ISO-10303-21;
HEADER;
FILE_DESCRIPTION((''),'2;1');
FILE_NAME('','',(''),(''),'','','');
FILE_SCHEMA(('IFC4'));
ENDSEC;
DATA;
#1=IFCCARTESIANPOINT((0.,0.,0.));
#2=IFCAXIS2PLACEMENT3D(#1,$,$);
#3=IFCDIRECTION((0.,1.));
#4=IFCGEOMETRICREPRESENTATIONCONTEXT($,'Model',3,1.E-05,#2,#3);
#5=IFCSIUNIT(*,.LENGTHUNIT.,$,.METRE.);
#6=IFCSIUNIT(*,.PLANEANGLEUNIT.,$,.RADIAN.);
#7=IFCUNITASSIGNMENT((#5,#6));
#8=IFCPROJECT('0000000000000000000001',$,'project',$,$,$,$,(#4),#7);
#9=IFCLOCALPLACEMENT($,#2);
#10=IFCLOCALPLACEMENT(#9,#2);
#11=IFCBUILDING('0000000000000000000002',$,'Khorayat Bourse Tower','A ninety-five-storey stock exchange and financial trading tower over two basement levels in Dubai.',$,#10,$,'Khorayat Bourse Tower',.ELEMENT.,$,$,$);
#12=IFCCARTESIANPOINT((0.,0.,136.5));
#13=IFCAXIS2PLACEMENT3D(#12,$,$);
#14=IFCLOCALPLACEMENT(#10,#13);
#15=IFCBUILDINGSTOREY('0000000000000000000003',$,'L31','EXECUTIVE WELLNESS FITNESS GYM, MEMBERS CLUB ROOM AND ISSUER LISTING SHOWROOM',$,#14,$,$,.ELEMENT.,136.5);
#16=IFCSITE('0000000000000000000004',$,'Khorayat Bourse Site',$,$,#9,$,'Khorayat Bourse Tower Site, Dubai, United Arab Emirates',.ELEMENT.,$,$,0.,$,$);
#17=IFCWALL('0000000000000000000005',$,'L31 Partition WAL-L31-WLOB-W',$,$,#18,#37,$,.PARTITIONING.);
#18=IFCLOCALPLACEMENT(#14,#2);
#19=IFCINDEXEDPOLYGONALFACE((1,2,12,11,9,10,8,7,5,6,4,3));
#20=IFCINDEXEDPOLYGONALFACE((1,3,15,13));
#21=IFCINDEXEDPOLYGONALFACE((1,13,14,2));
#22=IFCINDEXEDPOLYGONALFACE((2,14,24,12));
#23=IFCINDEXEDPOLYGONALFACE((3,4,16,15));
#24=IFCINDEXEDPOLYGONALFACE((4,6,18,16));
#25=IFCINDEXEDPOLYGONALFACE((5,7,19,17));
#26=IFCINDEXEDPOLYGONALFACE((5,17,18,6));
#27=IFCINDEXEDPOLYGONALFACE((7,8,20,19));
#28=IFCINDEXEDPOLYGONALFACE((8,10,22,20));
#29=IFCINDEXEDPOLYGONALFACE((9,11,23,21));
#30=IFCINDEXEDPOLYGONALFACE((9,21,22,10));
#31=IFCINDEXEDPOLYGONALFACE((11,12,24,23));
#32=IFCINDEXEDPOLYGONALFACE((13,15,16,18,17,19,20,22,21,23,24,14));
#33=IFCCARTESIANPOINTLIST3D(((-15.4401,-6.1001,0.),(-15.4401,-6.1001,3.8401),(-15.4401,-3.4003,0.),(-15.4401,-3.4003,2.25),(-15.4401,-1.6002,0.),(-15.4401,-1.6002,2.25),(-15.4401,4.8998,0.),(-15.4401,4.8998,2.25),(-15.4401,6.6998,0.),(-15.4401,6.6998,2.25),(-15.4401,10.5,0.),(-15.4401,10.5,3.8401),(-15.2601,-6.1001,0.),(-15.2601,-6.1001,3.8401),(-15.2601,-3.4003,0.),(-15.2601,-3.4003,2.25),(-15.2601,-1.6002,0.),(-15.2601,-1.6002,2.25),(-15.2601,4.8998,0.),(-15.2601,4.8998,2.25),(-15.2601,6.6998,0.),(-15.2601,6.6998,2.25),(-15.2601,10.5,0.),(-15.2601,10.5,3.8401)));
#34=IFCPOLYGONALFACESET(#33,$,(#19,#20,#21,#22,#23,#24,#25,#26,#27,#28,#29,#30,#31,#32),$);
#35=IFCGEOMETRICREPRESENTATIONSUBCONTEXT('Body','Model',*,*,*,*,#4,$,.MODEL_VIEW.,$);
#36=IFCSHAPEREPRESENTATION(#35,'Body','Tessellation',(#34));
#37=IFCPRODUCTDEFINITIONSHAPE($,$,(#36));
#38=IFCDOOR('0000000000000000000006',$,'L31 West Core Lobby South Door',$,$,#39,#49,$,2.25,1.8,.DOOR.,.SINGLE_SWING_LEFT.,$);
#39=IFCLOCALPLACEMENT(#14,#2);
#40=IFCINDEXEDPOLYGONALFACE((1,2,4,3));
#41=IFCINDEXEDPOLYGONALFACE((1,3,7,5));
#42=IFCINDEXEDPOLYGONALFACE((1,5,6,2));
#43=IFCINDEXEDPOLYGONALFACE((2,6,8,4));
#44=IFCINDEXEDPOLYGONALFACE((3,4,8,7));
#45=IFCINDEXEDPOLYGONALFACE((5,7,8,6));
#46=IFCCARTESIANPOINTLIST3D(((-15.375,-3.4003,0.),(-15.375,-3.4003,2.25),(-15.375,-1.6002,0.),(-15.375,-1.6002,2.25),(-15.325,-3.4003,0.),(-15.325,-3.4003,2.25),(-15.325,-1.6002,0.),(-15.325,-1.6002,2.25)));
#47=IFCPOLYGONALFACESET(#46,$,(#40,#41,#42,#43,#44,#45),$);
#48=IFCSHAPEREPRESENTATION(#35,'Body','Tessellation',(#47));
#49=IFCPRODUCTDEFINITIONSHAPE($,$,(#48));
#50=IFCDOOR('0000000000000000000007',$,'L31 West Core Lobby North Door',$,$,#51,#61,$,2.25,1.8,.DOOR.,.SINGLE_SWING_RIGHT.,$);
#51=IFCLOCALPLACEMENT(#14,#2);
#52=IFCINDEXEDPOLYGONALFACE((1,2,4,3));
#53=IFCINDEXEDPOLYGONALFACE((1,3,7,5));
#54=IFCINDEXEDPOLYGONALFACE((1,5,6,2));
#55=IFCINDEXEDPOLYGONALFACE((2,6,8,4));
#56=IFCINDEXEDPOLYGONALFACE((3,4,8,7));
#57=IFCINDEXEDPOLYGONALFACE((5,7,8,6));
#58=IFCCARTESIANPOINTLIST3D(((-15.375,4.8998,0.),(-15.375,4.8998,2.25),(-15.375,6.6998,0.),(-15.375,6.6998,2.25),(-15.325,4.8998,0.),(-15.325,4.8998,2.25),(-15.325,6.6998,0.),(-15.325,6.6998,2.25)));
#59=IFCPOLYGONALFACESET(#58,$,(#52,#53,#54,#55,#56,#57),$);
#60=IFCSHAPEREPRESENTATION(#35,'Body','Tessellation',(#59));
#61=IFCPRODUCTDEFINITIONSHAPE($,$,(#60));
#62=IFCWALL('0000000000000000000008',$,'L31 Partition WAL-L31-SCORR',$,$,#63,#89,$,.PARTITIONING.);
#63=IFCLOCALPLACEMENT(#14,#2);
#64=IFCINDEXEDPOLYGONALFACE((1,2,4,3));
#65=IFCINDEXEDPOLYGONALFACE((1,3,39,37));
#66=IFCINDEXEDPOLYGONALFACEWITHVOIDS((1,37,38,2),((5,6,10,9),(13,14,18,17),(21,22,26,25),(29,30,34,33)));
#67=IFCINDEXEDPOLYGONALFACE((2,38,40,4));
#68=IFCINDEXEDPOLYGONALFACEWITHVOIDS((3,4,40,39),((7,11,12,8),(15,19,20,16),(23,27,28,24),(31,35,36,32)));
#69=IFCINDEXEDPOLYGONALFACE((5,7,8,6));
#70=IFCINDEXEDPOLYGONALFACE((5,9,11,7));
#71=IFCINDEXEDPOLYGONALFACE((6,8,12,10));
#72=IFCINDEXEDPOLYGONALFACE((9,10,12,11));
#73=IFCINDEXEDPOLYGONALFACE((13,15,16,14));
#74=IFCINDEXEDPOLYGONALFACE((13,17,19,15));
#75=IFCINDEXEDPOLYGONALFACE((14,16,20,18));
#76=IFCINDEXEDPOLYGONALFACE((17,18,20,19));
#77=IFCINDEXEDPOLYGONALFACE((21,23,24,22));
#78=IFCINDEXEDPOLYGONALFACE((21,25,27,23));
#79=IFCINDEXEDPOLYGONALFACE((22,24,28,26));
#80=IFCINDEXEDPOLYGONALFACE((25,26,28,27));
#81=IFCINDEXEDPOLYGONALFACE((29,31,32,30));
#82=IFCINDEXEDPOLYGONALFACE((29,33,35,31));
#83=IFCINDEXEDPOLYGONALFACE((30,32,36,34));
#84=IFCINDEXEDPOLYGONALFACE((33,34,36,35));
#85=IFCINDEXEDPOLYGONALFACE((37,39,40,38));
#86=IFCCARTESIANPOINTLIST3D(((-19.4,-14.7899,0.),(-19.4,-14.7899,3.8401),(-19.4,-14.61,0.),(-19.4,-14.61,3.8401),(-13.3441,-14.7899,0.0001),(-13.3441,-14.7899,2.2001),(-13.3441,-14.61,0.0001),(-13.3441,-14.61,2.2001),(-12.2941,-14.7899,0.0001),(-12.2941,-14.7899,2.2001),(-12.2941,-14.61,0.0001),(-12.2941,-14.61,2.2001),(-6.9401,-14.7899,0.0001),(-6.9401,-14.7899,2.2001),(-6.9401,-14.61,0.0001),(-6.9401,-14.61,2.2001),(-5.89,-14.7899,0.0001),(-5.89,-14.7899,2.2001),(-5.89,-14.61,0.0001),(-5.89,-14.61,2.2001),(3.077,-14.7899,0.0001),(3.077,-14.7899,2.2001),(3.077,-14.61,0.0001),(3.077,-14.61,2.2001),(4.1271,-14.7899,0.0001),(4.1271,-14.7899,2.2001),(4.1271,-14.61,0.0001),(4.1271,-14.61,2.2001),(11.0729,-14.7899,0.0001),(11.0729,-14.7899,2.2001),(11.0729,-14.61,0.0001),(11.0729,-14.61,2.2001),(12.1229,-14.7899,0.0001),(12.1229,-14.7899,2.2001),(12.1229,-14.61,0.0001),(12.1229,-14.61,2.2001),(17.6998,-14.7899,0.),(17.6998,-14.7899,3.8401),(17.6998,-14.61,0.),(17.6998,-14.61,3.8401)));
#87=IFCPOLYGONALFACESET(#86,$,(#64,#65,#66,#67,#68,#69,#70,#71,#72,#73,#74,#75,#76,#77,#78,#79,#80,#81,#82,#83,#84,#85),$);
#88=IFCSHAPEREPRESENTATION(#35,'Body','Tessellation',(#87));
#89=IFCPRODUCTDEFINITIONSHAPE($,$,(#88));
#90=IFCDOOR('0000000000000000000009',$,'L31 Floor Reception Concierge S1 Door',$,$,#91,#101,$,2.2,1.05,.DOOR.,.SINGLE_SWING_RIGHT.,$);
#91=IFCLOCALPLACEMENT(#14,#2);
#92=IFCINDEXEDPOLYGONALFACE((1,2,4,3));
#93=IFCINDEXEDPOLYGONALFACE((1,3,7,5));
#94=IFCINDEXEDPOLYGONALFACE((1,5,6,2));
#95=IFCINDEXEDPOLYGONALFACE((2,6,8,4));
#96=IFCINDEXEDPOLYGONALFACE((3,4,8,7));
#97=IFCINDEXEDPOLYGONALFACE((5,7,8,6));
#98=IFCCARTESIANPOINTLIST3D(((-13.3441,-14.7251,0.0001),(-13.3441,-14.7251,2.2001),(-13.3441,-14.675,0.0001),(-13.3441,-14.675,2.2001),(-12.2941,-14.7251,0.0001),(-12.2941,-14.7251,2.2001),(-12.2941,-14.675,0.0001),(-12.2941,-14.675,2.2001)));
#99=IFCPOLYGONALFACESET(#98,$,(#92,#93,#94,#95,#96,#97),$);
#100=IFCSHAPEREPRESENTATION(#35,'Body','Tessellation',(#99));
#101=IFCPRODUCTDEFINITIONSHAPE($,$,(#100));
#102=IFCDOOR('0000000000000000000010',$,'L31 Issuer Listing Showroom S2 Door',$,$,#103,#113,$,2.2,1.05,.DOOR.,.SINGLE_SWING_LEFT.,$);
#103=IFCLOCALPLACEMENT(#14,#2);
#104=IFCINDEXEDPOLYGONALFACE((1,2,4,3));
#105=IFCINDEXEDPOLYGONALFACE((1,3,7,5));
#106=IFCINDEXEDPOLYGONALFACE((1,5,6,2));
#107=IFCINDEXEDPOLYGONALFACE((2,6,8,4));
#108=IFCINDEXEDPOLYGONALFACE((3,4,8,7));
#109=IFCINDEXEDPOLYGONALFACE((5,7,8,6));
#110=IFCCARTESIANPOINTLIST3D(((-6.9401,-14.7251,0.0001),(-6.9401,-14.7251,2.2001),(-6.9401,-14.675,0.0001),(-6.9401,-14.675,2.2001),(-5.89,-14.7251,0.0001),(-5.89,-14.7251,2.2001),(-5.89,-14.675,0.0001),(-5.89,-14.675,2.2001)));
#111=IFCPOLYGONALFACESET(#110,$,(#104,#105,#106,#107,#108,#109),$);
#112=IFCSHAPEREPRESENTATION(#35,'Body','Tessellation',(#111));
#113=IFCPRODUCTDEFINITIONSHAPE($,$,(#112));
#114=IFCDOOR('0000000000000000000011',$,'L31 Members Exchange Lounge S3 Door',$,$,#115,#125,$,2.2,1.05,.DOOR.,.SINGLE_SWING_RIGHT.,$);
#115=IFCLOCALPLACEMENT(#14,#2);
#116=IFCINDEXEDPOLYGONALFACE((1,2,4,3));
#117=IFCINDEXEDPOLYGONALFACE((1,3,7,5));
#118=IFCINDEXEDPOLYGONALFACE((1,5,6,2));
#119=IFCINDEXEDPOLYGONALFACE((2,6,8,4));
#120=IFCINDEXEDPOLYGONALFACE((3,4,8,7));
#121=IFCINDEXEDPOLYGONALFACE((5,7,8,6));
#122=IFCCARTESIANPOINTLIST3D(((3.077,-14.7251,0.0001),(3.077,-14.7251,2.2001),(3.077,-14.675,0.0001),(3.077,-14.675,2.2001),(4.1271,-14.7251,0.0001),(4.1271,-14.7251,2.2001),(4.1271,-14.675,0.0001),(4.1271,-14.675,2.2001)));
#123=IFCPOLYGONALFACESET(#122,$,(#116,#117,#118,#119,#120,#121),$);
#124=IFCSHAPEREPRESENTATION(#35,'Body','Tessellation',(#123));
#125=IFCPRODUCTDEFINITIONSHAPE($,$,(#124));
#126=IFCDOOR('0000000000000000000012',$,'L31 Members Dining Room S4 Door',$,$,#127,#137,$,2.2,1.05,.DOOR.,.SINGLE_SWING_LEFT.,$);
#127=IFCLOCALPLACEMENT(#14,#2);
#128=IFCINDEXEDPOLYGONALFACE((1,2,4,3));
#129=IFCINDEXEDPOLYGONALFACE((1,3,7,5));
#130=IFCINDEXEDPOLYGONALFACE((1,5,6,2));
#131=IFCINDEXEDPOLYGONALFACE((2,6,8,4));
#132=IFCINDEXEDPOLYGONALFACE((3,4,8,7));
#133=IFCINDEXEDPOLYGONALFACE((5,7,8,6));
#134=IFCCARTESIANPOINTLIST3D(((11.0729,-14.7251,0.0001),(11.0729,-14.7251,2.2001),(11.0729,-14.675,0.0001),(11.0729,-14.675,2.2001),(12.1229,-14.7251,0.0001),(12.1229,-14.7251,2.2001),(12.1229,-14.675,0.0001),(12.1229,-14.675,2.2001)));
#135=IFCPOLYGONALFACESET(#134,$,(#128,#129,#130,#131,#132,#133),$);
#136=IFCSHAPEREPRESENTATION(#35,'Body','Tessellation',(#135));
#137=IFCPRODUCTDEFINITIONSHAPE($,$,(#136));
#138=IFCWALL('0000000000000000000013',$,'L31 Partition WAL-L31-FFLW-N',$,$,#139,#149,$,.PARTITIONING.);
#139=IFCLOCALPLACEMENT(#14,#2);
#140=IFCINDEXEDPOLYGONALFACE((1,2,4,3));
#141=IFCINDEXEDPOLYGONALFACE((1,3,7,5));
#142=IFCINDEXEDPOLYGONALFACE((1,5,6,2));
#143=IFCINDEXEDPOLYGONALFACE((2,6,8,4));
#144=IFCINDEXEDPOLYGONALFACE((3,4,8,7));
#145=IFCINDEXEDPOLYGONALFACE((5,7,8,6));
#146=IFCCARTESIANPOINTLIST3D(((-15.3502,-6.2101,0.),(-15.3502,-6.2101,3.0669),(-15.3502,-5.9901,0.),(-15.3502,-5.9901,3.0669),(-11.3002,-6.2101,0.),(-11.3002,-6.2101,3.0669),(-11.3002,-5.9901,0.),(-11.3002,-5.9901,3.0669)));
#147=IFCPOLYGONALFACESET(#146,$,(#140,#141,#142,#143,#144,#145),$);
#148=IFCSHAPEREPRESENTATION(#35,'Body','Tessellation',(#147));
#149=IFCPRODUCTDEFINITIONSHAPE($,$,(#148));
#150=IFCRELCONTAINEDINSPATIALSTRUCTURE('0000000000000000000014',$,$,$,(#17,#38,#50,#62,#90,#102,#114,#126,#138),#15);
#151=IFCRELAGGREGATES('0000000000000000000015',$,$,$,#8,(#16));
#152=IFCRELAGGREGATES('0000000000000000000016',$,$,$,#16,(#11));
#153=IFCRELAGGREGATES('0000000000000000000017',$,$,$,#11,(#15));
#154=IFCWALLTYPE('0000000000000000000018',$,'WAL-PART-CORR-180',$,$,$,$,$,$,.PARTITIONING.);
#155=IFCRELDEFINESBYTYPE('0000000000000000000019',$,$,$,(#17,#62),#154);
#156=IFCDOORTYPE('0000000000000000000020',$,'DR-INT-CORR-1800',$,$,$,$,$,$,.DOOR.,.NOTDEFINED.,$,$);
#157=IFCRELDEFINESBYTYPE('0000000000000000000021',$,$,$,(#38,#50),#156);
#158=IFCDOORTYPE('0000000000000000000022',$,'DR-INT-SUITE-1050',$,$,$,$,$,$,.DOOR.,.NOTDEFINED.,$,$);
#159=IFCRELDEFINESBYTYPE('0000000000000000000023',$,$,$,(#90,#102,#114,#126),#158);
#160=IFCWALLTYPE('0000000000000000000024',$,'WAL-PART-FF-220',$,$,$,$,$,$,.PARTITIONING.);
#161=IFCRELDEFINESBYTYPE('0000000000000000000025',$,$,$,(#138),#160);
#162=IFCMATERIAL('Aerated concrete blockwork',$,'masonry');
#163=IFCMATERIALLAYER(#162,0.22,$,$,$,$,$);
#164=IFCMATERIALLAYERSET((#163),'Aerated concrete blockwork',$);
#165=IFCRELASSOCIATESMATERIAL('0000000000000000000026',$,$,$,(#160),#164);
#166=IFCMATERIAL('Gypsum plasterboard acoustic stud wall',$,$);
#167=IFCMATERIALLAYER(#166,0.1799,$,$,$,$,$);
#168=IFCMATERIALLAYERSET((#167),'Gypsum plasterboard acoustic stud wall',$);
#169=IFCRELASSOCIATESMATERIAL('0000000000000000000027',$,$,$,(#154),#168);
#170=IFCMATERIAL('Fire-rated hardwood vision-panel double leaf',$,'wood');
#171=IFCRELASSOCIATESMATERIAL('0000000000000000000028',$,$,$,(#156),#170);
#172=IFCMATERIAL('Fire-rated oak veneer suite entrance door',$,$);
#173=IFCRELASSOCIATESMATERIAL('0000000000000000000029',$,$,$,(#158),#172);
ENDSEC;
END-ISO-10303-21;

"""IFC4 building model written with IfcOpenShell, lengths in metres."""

from ifc_helpers import new_model, si_unit, direction, frame, frame_2d, origin, place, context, subcontext, project, spatial, rectangle, extrude, source, transform, mapped, material, layer, layer_set, type_object, element, fill, save


model = new_model("IFC4")

# Units and contexts
model_context = context("Model", 3, precision=1e-05, world=origin(), true_north=direction((0.0, 1.0)))
body_context = subcontext(model_context, "Body", "Model", "MODEL_VIEW")
ifc_project = project(units=[si_unit("LENGTHUNIT", "METRE"), si_unit("PLANEANGLEUNIT", "RADIAN")], contexts=[model_context])

# Site, building, storey
site_placement = place(None, origin())
site = spatial("IfcSite", under=ifc_project, at=site_placement, Name="Khorayat Bourse Site", LongName="Khorayat Bourse Tower Site, Dubai, United Arab Emirates", CompositionType="ELEMENT", RefElevation=0.0)
building_placement = place(site_placement, origin())
building = spatial("IfcBuilding", under=site, at=building_placement, Name="Khorayat Bourse Tower", Description="A ninety-five-storey stock exchange and financial trading tower over two basement levels in Dubai.", LongName="Khorayat Bourse Tower", CompositionType="ELEMENT")
storey_placement = place(building_placement, frame((0.0, 0.0, 136.5)))
storey = spatial("IfcBuildingStorey", under=building, at=storey_placement, Name="L31", Description="EXECUTIVE WELLNESS FITNESS GYM, MEMBERS CLUB ROOM AND ISSUER LISTING SHOWROOM", CompositionType="ELEMENT", Elevation=136.5)

# Shared definitions
ifc_material_1 = material(Name="Aerated concrete blockwork", Category="masonry")
ifc_layer_1 = layer(ifc_material_1, 0.22)
ifc_layer_set_1 = layer_set([ifc_layer_1], Name="Aerated concrete blockwork")
wall_type_1 = type_object("IfcWallType", Name="WAL-PART-FF-220", PredefinedType="PARTITIONING", material=ifc_layer_set_1)

# Walls, openings, doors
ifc_material_2 = material(Name="Gypsum plasterboard acoustic stud wall")
ifc_layer_2 = layer(ifc_material_2, 0.1799)
ifc_layer_set_2 = layer_set([ifc_layer_2], Name="Gypsum plasterboard acoustic stud wall")
wall_type_2 = type_object("IfcWallType", Name="WAL-PART-CORR-180", PredefinedType="PARTITIONING", material=ifc_layer_set_2)
shared_shape_1 = source(origin(), body_context, "Body", "SweptSolid", [
    extrude(rectangle(XDim=16.6001, YDim=0.1799, at=frame_2d((8.3, 0.0))), origin(), (0.0, 0.0, 1.0), 3.8401),
])
wall_1_placement = place(storey_placement, frame((-15.3501, -6.1001, 0.0), z_axis=(0.0, 0.0, 1.0), x_axis=(0.0, 1.0, 0.0)))
wall_1 = element("IfcWall", 1, at=wall_1_placement, inside=storey, type_object=wall_type_2, Name="L31 Partition WAL-L31-WLOB-W", PredefinedType="PARTITIONING", context=body_context, shape_type="MappedRepresentation", body=[
    mapped(shared_shape_1, transform((0.0, 0.0, 0.0), scale=1.0)),
])
shared_shape_2 = source(origin(), body_context, "Body", "SweptSolid", [
    extrude(rectangle(XDim=1.8, YDim=2.25, at=frame_2d((0.8999, 1.125))), frame((0.0, 0.0999, 0.0), z_axis=(0.0, -1.0, 0.0), x_axis=(1.0, 0.0, 0.0)), (0.0, 0.0, 1.0), 0.2),
])
opening_1_placement = place(wall_1_placement, frame((2.7, 0.0, 0.0)))
opening_1 = element("IfcOpeningElement", 2, at=opening_1_placement, cuts=wall_1, PredefinedType="OPENING", context=body_context, shape_type="MappedRepresentation", body=[
    mapped(shared_shape_2, transform((0.0, 0.0, 0.0), scale=1.0)),
])
opening_2_placement = place(wall_1_placement, frame((11.0, 0.0, 0.0)))
opening_2 = element("IfcOpeningElement", 3, at=opening_2_placement, cuts=wall_1, PredefinedType="OPENING", context=body_context, shape_type="MappedRepresentation", body=[
    mapped(shared_shape_2, transform((0.0, 0.0, 0.0), scale=1.0)),
])
ifc_material_3 = material(Name="Fire-rated hardwood vision-panel double leaf", Category="wood")
door_type_1 = type_object("IfcDoorType", Name="DR-INT-CORR-1800", OperationType="NOTDEFINED", PredefinedType="DOOR", material=ifc_material_3)
shared_shape_3 = source(origin(), body_context, "Body", "SweptSolid", [
    extrude(rectangle(XDim=1.8, YDim=2.25, at=frame_2d((0.8999, 1.125))), frame((0.0, 0.0249, 0.0), z_axis=(0.0, -1.0, 0.0), x_axis=(1.0, 0.0, 0.0)), (0.0, 0.0, 1.0), 0.05),
])
door_1_placement = place(opening_1_placement, origin())
door_1 = element("IfcDoor", 4, at=door_1_placement, inside=storey, type_object=door_type_1, Name="L31 West Core Lobby South Door", OperationType="SINGLE_SWING_LEFT", OverallHeight=2.25, OverallWidth=1.8, PredefinedType="DOOR", context=body_context, shape_type="MappedRepresentation", body=[
    mapped(shared_shape_3, transform((0.0, 0.0, 0.0), scale=1.0)),
])
fill(opening_1, door_1)
door_2_placement = place(opening_2_placement, origin())
door_2 = element("IfcDoor", 5, at=door_2_placement, inside=storey, type_object=door_type_1, Name="L31 West Core Lobby North Door", OperationType="SINGLE_SWING_RIGHT", OverallHeight=2.25, OverallWidth=1.8, PredefinedType="DOOR", context=body_context, shape_type="MappedRepresentation", body=[
    mapped(shared_shape_3, transform((0.0, 0.0, 0.0), scale=1.0)),
])
fill(opening_2, door_2)
shared_shape_4 = source(origin(), body_context, "Body", "SweptSolid", [
    extrude(rectangle(XDim=37.0999, YDim=0.1799, at=frame_2d((18.5498, 0.0))), origin(), (0.0, 0.0, 1.0), 3.8401),
])
wall_2_placement = place(storey_placement, frame((-19.3999, -14.7, 0.0), z_axis=(0.0, 0.0, 1.0), x_axis=(1.0, 0.0, 0.0)))
wall_2 = element("IfcWall", 6, at=wall_2_placement, inside=storey, type_object=wall_type_2, Name="L31 Partition WAL-L31-SCORR", PredefinedType="PARTITIONING", context=body_context, shape_type="MappedRepresentation", body=[
    mapped(shared_shape_4, transform((0.0, 0.0, 0.0), scale=1.0)),
])
shared_shape_5 = source(origin(), body_context, "Body", "SweptSolid", [
    extrude(rectangle(XDim=1.05, YDim=2.2, at=frame_2d((0.5249, 1.1001))), frame((0.0, 0.0999, 0.0), z_axis=(0.0, -1.0, 0.0), x_axis=(1.0, 0.0, 0.0)), (0.0, 0.0, 1.0), 0.2),
])
opening_3_placement = place(wall_2_placement, frame((6.0559, 0.0, 0.0)))
opening_3 = element("IfcOpeningElement", 7, at=opening_3_placement, cuts=wall_2, PredefinedType="OPENING", context=body_context, shape_type="MappedRepresentation", body=[
    mapped(shared_shape_5, transform((0.0, 0.0, 0.0), scale=1.0)),
])
opening_4_placement = place(wall_2_placement, frame((12.46, 0.0, 0.0)))
opening_4 = element("IfcOpeningElement", 8, at=opening_4_placement, cuts=wall_2, PredefinedType="OPENING", context=body_context, shape_type="MappedRepresentation", body=[
    mapped(shared_shape_5, transform((0.0, 0.0, 0.0), scale=1.0)),
])
opening_5_placement = place(wall_2_placement, frame((22.4771, 0.0, 0.0)))
opening_5 = element("IfcOpeningElement", 9, at=opening_5_placement, cuts=wall_2, PredefinedType="OPENING", context=body_context, shape_type="MappedRepresentation", body=[
    mapped(shared_shape_5, transform((0.0, 0.0, 0.0), scale=1.0)),
])
opening_6_placement = place(wall_2_placement, frame((30.4729, 0.0, 0.0)))
opening_6 = element("IfcOpeningElement", 10, at=opening_6_placement, cuts=wall_2, PredefinedType="OPENING", context=body_context, shape_type="MappedRepresentation", body=[
    mapped(shared_shape_5, transform((0.0, 0.0, 0.0), scale=1.0)),
])
ifc_material_4 = material(Name="Fire-rated oak veneer suite entrance door")
door_type_2 = type_object("IfcDoorType", Name="DR-INT-SUITE-1050", OperationType="NOTDEFINED", PredefinedType="DOOR", material=ifc_material_4)
shared_shape_6 = source(origin(), body_context, "Body", "SweptSolid", [
    extrude(rectangle(XDim=1.05, YDim=2.2, at=frame_2d((0.5249, 1.1001))), frame((0.0, 0.0249, 0.0), z_axis=(0.0, -1.0, 0.0), x_axis=(1.0, 0.0, 0.0)), (0.0, 0.0, 1.0), 0.05),
])
door_3_placement = place(opening_3_placement, origin())
door_3 = element("IfcDoor", 11, at=door_3_placement, inside=storey, type_object=door_type_2, Name="L31 Floor Reception Concierge S1 Door", OperationType="SINGLE_SWING_RIGHT", OverallHeight=2.2, OverallWidth=1.05, PredefinedType="DOOR", context=body_context, shape_type="MappedRepresentation", body=[
    mapped(shared_shape_6, transform((0.0, 0.0, 0.0), scale=1.0)),
])
fill(opening_3, door_3)
door_4_placement = place(opening_4_placement, origin())
door_4 = element("IfcDoor", 12, at=door_4_placement, inside=storey, type_object=door_type_2, Name="L31 Issuer Listing Showroom S2 Door", OperationType="SINGLE_SWING_LEFT", OverallHeight=2.2, OverallWidth=1.05, PredefinedType="DOOR", context=body_context, shape_type="MappedRepresentation", body=[
    mapped(shared_shape_6, transform((0.0, 0.0, 0.0), scale=1.0)),
])
fill(opening_4, door_4)
door_5_placement = place(opening_5_placement, origin())
door_5 = element("IfcDoor", 13, at=door_5_placement, inside=storey, type_object=door_type_2, Name="L31 Members Exchange Lounge S3 Door", OperationType="SINGLE_SWING_RIGHT", OverallHeight=2.2, OverallWidth=1.05, PredefinedType="DOOR", context=body_context, shape_type="MappedRepresentation", body=[
    mapped(shared_shape_6, transform((0.0, 0.0, 0.0), scale=1.0)),
])
fill(opening_5, door_5)
door_6_placement = place(opening_6_placement, origin())
door_6 = element("IfcDoor", 14, at=door_6_placement, inside=storey, type_object=door_type_2, Name="L31 Members Dining Room S4 Door", OperationType="SINGLE_SWING_LEFT", OverallHeight=2.2, OverallWidth=1.05, PredefinedType="DOOR", context=body_context, shape_type="MappedRepresentation", body=[
    mapped(shared_shape_6, transform((0.0, 0.0, 0.0), scale=1.0)),
])
fill(opening_6, door_6)

# Wall
shared_shape_7 = source(origin(), body_context, "Body", "SweptSolid", [
    extrude(rectangle(XDim=4.05, YDim=0.22, at=frame_2d((2.0249, 0.0))), origin(), (0.0, 0.0, 1.0), 3.0669),
])
wall_3_placement = place(storey_placement, frame((-15.3501, -6.1001, 0.0), z_axis=(0.0, 0.0, 1.0), x_axis=(1.0, 0.0, 0.0)))
element("IfcWall", 15, at=wall_3_placement, inside=storey, type_object=wall_type_1, Name="L31 Partition WAL-L31-FFLW-N", PredefinedType="PARTITIONING", context=body_context, shape_type="MappedRepresentation", body=[
    mapped(shared_shape_7, transform((0.0, 0.0, 0.0), scale=1.0)),
])

save(model, "model.ifc")
